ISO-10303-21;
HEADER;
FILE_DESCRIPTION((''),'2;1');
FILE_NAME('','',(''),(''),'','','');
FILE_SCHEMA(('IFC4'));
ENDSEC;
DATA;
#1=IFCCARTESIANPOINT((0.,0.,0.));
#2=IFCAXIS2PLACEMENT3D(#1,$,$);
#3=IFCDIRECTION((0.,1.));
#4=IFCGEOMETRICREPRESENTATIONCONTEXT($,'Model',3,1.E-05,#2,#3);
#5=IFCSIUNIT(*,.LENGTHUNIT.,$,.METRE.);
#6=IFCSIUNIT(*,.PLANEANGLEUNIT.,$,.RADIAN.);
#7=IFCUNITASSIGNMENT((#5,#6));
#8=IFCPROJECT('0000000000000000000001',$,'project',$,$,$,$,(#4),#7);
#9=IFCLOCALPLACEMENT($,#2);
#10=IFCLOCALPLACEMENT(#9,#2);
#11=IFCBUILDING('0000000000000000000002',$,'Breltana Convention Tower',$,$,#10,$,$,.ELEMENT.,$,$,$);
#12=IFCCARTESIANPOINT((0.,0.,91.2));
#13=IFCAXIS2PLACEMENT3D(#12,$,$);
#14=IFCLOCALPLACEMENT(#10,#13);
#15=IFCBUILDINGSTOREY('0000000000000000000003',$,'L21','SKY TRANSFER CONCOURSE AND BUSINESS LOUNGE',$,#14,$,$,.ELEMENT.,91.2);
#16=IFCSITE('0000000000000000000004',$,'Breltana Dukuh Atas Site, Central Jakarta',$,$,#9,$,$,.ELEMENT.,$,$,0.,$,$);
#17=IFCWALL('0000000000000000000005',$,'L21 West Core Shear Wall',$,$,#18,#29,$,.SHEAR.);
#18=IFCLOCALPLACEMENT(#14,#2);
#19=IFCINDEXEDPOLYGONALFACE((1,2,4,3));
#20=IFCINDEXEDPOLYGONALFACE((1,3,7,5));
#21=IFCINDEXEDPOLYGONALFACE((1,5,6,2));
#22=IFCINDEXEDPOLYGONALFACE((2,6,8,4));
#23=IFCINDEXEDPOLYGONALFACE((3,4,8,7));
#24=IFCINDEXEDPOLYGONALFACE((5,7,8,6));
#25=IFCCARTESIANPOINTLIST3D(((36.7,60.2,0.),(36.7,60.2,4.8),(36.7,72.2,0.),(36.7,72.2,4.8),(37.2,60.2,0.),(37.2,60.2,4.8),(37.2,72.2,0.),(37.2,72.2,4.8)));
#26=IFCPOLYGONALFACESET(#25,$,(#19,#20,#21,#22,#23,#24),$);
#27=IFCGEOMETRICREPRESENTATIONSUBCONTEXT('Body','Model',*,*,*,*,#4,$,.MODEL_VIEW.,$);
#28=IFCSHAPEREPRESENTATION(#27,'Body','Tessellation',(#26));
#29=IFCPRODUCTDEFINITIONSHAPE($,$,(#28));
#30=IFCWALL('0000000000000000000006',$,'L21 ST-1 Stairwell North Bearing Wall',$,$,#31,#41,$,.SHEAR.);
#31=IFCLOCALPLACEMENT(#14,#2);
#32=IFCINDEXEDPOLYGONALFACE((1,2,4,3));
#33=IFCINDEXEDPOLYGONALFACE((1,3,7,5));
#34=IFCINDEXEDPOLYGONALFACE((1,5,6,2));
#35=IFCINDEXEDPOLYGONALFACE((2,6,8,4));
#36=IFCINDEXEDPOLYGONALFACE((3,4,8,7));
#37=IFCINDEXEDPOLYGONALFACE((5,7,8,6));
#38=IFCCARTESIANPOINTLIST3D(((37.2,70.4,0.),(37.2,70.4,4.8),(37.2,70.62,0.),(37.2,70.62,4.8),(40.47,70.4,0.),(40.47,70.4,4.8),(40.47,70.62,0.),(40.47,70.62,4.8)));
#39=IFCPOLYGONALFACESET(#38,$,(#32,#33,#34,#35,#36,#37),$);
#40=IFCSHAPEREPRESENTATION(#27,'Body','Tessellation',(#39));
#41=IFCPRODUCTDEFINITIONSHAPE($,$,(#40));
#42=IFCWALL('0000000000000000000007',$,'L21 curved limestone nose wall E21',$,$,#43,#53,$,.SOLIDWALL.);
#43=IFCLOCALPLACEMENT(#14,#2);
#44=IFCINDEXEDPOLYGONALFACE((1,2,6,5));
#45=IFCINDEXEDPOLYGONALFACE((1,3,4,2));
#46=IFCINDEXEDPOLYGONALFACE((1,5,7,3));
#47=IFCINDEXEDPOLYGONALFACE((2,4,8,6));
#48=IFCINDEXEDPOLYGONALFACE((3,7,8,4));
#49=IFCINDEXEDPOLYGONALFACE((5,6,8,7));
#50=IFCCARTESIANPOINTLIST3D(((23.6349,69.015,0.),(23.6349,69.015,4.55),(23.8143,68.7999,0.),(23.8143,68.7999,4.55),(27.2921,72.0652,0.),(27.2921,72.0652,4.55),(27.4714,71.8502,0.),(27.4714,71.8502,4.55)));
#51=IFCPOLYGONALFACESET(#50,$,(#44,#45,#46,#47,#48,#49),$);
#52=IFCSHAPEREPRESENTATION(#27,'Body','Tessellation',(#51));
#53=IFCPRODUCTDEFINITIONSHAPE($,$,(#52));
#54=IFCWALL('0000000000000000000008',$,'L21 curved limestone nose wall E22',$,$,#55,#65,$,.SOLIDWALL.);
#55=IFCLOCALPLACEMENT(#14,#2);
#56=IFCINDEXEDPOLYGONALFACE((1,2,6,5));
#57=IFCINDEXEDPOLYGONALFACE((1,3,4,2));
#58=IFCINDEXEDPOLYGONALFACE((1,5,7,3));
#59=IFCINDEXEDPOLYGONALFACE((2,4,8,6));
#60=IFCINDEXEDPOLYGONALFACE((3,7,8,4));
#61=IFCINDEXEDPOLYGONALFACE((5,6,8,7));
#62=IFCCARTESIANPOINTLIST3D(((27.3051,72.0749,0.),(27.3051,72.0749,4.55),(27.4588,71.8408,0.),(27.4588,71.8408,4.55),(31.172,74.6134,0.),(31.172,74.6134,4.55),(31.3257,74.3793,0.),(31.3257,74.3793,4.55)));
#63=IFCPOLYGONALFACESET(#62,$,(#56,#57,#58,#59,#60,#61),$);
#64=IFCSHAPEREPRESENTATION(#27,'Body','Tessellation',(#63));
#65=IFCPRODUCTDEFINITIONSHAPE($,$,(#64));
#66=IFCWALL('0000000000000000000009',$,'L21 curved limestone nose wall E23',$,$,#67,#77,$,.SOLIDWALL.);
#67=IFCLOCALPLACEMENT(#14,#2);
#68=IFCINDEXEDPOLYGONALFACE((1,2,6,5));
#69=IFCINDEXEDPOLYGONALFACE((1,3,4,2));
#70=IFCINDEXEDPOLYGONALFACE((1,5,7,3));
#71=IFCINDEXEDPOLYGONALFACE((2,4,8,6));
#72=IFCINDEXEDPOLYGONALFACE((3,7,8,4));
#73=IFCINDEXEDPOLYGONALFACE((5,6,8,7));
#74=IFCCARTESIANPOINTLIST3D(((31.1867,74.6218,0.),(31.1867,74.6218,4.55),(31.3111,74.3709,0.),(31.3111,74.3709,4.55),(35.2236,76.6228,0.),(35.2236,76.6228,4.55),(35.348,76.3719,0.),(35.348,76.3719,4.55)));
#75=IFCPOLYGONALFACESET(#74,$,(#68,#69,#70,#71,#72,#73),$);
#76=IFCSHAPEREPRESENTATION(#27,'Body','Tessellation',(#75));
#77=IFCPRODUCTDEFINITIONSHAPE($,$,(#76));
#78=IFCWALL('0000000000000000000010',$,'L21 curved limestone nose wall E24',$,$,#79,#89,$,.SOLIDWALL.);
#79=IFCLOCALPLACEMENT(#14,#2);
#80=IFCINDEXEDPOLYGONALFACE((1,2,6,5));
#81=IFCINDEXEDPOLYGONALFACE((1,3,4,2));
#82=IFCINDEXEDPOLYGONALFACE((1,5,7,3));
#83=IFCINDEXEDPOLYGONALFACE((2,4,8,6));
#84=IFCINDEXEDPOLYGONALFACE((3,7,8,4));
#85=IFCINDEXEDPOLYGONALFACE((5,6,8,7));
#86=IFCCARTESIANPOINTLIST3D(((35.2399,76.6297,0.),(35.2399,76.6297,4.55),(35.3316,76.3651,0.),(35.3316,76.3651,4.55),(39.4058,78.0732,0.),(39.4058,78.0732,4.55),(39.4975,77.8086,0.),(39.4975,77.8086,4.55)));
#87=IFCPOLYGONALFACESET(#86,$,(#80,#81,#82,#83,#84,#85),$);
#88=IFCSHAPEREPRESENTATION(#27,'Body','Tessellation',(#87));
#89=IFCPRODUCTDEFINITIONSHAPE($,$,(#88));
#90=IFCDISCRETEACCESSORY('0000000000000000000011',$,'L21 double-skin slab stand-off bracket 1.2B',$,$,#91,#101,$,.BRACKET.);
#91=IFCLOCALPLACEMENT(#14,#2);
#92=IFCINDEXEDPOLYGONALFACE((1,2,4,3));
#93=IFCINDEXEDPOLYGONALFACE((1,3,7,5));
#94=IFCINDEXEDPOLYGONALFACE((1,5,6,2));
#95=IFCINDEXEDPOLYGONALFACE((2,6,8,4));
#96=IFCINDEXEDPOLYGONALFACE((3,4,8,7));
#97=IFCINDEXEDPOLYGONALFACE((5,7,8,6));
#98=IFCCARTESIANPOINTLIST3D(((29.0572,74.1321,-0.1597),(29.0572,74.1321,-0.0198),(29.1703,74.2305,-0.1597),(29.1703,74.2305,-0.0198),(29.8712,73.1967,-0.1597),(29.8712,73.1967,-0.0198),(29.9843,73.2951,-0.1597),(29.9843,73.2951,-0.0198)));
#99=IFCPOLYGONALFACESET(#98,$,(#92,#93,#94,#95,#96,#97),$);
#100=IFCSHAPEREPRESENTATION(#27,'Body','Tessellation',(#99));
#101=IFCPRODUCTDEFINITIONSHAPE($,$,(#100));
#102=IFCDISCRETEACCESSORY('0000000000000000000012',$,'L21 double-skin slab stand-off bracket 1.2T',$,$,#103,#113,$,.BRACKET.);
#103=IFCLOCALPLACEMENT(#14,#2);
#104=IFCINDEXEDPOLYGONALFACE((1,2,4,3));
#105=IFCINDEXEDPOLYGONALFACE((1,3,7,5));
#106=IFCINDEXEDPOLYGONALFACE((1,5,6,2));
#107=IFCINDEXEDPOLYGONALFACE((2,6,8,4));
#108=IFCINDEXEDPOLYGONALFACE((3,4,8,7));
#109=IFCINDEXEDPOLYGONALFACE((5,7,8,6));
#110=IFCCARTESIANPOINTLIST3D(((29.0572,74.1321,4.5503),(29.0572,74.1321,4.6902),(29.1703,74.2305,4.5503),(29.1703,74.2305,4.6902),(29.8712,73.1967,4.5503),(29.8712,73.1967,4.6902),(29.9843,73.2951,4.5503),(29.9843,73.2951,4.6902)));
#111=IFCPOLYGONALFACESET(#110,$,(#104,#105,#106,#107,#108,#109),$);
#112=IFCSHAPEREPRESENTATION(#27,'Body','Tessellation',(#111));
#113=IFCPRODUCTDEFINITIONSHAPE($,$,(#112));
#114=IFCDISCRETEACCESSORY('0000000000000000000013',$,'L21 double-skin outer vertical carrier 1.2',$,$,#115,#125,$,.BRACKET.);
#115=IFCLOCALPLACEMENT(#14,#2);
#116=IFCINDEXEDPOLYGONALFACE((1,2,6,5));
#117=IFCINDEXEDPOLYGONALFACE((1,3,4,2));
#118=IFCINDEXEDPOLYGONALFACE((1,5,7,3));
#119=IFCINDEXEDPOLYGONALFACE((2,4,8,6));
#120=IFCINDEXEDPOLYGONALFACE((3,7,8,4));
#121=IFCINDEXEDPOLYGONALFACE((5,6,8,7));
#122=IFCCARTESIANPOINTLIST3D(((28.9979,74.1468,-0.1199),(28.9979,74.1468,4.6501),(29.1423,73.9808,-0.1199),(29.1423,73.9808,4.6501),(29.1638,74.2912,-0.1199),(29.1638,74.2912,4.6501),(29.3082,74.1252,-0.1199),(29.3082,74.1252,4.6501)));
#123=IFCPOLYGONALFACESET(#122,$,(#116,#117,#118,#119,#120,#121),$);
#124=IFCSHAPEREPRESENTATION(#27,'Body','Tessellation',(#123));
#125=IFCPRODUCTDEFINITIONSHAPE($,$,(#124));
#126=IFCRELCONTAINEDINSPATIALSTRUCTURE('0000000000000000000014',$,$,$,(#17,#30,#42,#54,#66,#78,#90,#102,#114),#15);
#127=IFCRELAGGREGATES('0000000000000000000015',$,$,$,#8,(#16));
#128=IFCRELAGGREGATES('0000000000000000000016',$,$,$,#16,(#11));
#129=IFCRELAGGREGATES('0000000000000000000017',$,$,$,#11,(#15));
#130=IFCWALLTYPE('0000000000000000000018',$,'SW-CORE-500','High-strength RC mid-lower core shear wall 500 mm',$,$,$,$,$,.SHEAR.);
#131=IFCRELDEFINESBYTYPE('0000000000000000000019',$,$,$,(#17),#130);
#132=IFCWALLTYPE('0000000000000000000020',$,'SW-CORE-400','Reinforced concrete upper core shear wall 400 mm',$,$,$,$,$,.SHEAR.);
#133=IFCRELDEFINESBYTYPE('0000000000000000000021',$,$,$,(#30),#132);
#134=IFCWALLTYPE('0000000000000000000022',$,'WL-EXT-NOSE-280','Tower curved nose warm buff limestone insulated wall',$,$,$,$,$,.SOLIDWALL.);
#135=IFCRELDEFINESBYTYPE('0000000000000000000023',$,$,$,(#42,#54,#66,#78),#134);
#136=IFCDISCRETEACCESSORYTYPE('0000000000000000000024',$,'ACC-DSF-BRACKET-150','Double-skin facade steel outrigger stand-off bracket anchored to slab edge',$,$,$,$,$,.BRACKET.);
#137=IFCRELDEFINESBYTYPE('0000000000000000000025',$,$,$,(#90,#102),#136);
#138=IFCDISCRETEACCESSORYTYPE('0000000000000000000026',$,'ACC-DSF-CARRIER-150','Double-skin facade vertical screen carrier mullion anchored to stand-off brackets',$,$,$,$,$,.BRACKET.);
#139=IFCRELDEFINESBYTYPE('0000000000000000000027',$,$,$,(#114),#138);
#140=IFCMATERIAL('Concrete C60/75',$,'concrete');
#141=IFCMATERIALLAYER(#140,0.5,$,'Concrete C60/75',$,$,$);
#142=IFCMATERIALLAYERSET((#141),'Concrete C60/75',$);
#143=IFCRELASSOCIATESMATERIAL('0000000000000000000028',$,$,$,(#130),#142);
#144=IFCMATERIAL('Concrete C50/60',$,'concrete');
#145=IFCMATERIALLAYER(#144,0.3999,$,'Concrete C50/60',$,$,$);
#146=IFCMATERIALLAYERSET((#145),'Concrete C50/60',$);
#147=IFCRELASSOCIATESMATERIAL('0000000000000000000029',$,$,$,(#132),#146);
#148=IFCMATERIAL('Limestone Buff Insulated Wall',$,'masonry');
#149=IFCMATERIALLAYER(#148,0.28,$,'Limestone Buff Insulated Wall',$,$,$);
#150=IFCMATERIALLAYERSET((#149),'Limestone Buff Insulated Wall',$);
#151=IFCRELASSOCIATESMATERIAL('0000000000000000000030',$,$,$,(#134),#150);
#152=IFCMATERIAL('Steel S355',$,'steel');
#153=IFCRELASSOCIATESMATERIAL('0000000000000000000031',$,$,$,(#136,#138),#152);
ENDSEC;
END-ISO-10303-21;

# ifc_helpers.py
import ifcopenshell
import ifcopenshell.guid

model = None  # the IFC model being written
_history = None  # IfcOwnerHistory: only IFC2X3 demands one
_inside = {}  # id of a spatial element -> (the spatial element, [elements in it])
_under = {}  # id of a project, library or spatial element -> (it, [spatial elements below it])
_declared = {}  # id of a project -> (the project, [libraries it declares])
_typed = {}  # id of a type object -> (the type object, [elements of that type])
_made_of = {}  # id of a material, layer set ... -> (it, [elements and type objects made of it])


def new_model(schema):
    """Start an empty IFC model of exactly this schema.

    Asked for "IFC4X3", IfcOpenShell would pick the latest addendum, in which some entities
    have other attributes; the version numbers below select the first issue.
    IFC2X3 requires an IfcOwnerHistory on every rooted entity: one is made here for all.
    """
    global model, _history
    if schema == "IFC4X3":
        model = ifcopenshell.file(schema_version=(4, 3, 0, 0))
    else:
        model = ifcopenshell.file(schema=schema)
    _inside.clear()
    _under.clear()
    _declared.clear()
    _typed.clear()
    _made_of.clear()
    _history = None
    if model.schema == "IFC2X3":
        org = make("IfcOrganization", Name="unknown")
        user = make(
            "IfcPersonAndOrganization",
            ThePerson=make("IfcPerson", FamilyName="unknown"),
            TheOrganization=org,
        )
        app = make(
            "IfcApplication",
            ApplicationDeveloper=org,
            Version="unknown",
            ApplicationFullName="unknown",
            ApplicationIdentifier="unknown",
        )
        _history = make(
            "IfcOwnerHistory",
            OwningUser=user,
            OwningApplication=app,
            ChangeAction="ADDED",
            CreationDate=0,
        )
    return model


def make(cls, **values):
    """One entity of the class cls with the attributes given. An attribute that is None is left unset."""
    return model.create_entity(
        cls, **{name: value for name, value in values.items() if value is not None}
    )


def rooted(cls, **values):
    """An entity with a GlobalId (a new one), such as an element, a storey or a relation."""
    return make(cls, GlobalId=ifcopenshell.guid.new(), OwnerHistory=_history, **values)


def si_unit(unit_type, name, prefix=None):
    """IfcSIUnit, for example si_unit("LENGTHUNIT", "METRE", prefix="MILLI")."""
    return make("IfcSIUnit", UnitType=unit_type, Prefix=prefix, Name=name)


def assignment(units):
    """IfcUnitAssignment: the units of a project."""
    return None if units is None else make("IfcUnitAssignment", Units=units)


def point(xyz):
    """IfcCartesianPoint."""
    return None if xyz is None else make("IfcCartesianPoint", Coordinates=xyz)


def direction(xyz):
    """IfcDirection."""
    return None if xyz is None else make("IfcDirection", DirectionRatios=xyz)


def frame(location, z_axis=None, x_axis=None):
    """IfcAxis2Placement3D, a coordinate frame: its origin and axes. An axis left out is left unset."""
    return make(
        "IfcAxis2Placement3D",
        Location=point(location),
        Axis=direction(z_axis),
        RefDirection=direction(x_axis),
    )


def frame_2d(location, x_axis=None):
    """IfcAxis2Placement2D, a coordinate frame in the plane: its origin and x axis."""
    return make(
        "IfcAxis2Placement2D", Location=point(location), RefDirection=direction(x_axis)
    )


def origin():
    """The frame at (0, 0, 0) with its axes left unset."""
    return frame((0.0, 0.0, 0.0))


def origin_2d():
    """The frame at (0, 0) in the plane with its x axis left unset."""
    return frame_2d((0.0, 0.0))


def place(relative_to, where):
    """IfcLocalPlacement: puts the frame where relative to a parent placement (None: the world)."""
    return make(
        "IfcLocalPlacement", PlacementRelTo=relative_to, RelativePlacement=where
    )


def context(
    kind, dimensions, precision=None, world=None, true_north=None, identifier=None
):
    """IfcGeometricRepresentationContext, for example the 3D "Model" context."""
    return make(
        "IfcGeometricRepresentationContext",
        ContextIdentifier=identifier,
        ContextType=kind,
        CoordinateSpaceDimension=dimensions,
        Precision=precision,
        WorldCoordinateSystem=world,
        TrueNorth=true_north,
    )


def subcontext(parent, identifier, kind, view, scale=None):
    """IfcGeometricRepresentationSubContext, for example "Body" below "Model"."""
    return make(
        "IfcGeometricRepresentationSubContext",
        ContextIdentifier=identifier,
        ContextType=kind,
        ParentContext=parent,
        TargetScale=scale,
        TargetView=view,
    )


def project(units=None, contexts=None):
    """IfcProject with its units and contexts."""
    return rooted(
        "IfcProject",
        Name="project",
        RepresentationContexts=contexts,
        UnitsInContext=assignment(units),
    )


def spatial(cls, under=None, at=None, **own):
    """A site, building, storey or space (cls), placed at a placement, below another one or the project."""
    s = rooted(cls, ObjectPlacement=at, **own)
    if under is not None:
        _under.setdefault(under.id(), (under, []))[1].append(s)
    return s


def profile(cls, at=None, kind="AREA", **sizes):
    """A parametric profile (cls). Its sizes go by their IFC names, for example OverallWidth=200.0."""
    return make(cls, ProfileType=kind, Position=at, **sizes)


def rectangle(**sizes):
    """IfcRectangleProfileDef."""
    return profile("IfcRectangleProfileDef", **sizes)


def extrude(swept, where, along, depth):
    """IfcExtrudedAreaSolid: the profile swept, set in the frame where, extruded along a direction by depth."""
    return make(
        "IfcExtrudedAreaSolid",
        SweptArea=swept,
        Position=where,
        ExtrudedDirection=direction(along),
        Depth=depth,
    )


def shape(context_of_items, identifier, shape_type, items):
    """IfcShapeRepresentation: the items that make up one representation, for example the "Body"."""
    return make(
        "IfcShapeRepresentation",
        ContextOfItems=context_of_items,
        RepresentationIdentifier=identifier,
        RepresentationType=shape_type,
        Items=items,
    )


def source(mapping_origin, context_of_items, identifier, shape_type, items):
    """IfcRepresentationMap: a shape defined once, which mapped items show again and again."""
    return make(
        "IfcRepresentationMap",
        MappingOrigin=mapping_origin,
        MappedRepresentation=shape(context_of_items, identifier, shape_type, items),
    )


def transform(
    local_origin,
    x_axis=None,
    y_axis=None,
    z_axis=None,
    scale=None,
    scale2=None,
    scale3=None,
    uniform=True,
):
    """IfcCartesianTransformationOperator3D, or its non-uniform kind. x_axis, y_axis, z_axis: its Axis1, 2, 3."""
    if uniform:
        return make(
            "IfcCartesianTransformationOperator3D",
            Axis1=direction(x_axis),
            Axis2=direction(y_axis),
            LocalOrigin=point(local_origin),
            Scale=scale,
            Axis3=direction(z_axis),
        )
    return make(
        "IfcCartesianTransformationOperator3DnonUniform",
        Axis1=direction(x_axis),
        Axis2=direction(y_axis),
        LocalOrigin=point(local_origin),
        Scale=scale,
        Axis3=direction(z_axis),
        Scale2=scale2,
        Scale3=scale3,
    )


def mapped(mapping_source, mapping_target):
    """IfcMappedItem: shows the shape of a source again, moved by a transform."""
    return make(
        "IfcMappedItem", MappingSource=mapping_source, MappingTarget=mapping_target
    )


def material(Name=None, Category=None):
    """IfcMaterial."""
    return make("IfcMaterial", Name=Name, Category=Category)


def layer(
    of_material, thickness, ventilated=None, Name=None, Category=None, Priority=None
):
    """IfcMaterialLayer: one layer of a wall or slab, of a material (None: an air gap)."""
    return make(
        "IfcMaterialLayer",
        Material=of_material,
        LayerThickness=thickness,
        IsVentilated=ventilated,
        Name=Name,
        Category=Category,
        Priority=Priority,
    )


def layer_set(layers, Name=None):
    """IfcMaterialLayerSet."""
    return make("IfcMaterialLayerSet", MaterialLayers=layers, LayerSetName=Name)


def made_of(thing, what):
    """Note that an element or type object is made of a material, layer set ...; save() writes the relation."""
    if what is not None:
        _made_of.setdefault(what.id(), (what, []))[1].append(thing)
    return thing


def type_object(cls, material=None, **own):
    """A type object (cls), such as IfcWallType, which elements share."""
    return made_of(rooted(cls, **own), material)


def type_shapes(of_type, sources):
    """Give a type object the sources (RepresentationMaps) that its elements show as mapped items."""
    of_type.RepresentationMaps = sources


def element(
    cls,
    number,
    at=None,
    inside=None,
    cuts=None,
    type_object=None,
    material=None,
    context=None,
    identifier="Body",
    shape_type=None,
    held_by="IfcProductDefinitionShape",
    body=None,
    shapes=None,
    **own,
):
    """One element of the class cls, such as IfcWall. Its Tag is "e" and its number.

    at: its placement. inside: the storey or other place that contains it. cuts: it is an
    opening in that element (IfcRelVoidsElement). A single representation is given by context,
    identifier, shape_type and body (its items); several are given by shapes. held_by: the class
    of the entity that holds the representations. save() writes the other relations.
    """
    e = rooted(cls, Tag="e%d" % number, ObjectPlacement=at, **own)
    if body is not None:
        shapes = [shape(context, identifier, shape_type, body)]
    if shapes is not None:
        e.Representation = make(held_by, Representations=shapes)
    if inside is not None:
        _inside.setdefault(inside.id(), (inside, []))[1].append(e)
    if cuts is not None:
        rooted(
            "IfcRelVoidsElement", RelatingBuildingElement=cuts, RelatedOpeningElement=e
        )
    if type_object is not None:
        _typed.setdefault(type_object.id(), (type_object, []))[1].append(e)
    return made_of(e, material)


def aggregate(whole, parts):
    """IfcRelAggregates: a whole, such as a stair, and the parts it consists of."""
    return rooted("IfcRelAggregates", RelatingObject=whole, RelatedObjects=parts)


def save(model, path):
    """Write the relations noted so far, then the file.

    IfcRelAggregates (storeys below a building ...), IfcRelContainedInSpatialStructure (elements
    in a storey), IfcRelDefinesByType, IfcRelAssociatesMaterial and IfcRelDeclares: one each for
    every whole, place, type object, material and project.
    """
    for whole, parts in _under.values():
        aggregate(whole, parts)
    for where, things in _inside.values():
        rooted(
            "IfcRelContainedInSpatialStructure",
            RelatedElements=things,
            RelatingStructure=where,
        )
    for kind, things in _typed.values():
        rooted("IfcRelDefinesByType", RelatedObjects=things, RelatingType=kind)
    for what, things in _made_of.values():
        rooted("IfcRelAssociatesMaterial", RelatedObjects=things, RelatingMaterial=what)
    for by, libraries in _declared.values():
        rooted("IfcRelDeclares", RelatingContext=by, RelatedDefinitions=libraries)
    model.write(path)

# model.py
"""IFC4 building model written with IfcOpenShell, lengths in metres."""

from ifc_helpers import new_model, si_unit, direction, frame, frame_2d, origin, origin_2d, place, context, subcontext, project, spatial, rectangle, extrude, source, transform, mapped, material, layer, layer_set, type_object, type_shapes, element, save


model = new_model("IFC4")

# Units and contexts
model_context = context("Model", 3, precision=1e-05, world=origin(), true_north=direction((0.0, 1.0)))
body_context = subcontext(model_context, "Body", "Model", "MODEL_VIEW")
ifc_project = project(units=[si_unit("LENGTHUNIT", "METRE"), si_unit("PLANEANGLEUNIT", "RADIAN")], contexts=[model_context])

# Site, building, storey
site_placement = place(None, origin())
site = spatial("IfcSite", under=ifc_project, at=site_placement, Name="Breltana Dukuh Atas Site, Central Jakarta", CompositionType="ELEMENT", RefElevation=0.0)
building_placement = place(site_placement, origin())
building = spatial("IfcBuilding", under=site, at=building_placement, Name="Breltana Convention Tower", CompositionType="ELEMENT")
storey_placement = place(building_placement, frame((0.0, 0.0, 91.2)))
storey = spatial("IfcBuildingStorey", under=building, at=storey_placement, Name="L21", Description="SKY TRANSFER CONCOURSE AND BUSINESS LOUNGE", CompositionType="ELEMENT", Elevation=91.2)

# Shared definitions
ifc_material_1 = material(Name="Concrete C60/75", Category="concrete")

# Wall
ifc_layer_1 = layer(ifc_material_1, 0.5, Name="Concrete C60/75")
ifc_layer_set_1 = layer_set([ifc_layer_1], Name="Concrete C60/75")
wall_type_1 = type_object("IfcWallType", Name="SW-CORE-500", Description="High-strength RC mid-lower core shear wall 500 mm", PredefinedType="SHEAR", material=ifc_layer_set_1)
shared_shape_1 = source(origin(), body_context, "Body", "SweptSolid", [
    extrude(rectangle(XDim=12.0, YDim=0.5, at=frame_2d((6.0, 0.0))), origin(), (0.0, 0.0, 1.0), 4.8),
])
wall_1_placement = place(storey_placement, frame((36.95, 60.2, 0.0), z_axis=(0.0, 0.0, 1.0), x_axis=(0.0, 1.0, 0.0)))
element("IfcWall", 1, at=wall_1_placement, inside=storey, type_object=wall_type_1, Name="L21 West Core Shear Wall", PredefinedType="SHEAR", context=body_context, shape_type="MappedRepresentation", body=[
    mapped(shared_shape_1, transform((0.0, 0.0, 0.0), scale=1.0)),
])

# Walls
ifc_material_2 = material(Name="Concrete C50/60", Category="concrete")
ifc_layer_2 = layer(ifc_material_2, 0.3999, Name="Concrete C50/60")
ifc_layer_set_2 = layer_set([ifc_layer_2], Name="Concrete C50/60")
wall_type_2 = type_object("IfcWallType", Name="SW-CORE-400", Description="Reinforced concrete upper core shear wall 400 mm", PredefinedType="SHEAR", material=ifc_layer_set_2)
shared_shape_2 = source(origin(), body_context, "Body", "SweptSolid", [
    extrude(rectangle(XDim=3.27, YDim=0.22, at=frame_2d((1.635, 0.0))), origin(), (0.0, 0.0, 1.0), 4.8),
])
wall_2_placement = place(storey_placement, frame((37.2, 70.51, 0.0), z_axis=(0.0, 0.0, 1.0), x_axis=(1.0, 0.0, 0.0)))
element("IfcWall", 2, at=wall_2_placement, inside=storey, type_object=wall_type_2, Name="L21 ST-1 Stairwell North Bearing Wall", PredefinedType="SHEAR", context=body_context, shape_type="MappedRepresentation", body=[
    mapped(shared_shape_2, transform((0.0, 0.0, 0.0), scale=1.0)),
])
ifc_material_3 = material(Name="Limestone Buff Insulated Wall", Category="masonry")
ifc_layer_3 = layer(ifc_material_3, 0.28, Name="Limestone Buff Insulated Wall")
ifc_layer_set_3 = layer_set([ifc_layer_3], Name="Limestone Buff Insulated Wall")
wall_type_3 = type_object("IfcWallType", Name="WL-EXT-NOSE-280", Description="Tower curved nose warm buff limestone insulated wall", PredefinedType="SOLIDWALL", material=ifc_layer_set_3)
shared_shape_3 = source(origin(), body_context, "Body", "SweptSolid", [
    extrude(rectangle(XDim=4.7622, YDim=0.28, at=frame_2d((2.3811, 0.0))), origin(), (0.0, 0.0, 1.0), 4.55),
])
wall_3_placement = place(storey_placement, frame((23.7246, 68.9075, 0.0), z_axis=(0.0, 0.0, 1.0), x_axis=(0.767952, 0.640507, 0.0)))
element("IfcWall", 3, at=wall_3_placement, inside=storey, type_object=wall_type_3, Name="L21 curved limestone nose wall E21", PredefinedType="SOLIDWALL", context=body_context, shape_type="MappedRepresentation", body=[
    mapped(shared_shape_3, transform((0.0, 0.0, 0.0), scale=1.0)),
])
shared_shape_4 = source(origin(), body_context, "Body", "SweptSolid", [
    extrude(rectangle(XDim=4.6257, YDim=0.28, at=frame_2d((2.313, 0.0))), origin(), (0.0, 0.0, 1.0), 4.55),
])
wall_4_placement = place(storey_placement, frame((27.3818, 71.9578, 0.0), z_axis=(0.0, 0.0, 1.0), x_axis=(0.835959, 0.548791, 0.0)))
element("IfcWall", 4, at=wall_4_placement, inside=storey, type_object=wall_type_3, Name="L21 curved limestone nose wall E22", PredefinedType="SOLIDWALL", context=body_context, shape_type="MappedRepresentation", body=[
    mapped(shared_shape_4, transform((0.0, 0.0, 0.0), scale=1.0)),
])
shared_shape_5 = source(origin(), body_context, "Body", "SweptSolid", [
    extrude(rectangle(XDim=4.5056, YDim=0.28, at=frame_2d((2.2529, 0.0))), origin(), (0.0, 0.0, 1.0), 4.55),
])
wall_5_placement = place(storey_placement, frame((31.2488, 74.4963, 0.0), z_axis=(0.0, 0.0, 1.0), x_axis=(0.895972, 0.444111, 0.0)))
element("IfcWall", 5, at=wall_5_placement, inside=storey, type_object=wall_type_3, Name="L21 curved limestone nose wall E23", PredefinedType="SOLIDWALL", context=body_context, shape_type="MappedRepresentation", body=[
    mapped(shared_shape_5, transform((0.0, 0.0, 0.0), scale=1.0)),
])
shared_shape_6 = source(origin(), body_context, "Body", "SweptSolid", [
    extrude(rectangle(XDim=4.4089, YDim=0.28, at=frame_2d((2.2046, 0.0))), origin(), (0.0, 0.0, 1.0), 4.55),
])
wall_6_placement = place(storey_placement, frame((35.2856, 76.4973, 0.0), z_axis=(0.0, 0.0, 1.0), x_axis=(0.944879, 0.327419, 0.0)))
element("IfcWall", 6, at=wall_6_placement, inside=storey, type_object=wall_type_3, Name="L21 curved limestone nose wall E24", PredefinedType="SOLIDWALL", context=body_context, shape_type="MappedRepresentation", body=[
    mapped(shared_shape_6, transform((0.0, 0.0, 0.0), scale=1.0)),
])

# Discrete accessories
ifc_material_4 = material(Name="Steel S355", Category="steel")
discrete_accessory_type_1 = type_object("IfcDiscreteAccessoryType", Name="ACC-DSF-BRACKET-150", Description="Double-skin facade steel outrigger stand-off bracket anchored to slab edge", PredefinedType="BRACKET", material=ifc_material_4)
shared_shape_7 = source(origin(), body_context, "Body", "SweptSolid", [
    extrude(rectangle(XDim=1.24, YDim=0.1499, at=origin_2d()), origin(), (0.0, 0.0, 1.0), 0.1399),
])
type_shapes(discrete_accessory_type_1, [shared_shape_7])
for number, where, z_axis, x_axis, name in (
    (7, (29.5208, 73.7136, -0.1597), (0.0, 0.0, 1.0), (-0.656454, 0.754366, 0.0), "L21 double-skin slab stand-off bracket 1.2B"),
    (8, (29.5208, 73.7136, 4.5503), (0.0, 0.0, 1.0), (-0.656454, 0.754366, 0.0), "L21 double-skin slab stand-off bracket 1.2T"),
):
    element("IfcDiscreteAccessory", number, at=place(storey_placement, frame(where, z_axis=z_axis, x_axis=x_axis)), inside=storey, type_object=discrete_accessory_type_1, Name=name, PredefinedType="BRACKET", context=body_context, shape_type="MappedRepresentation", body=[
        mapped(shared_shape_7, transform((0.0, 0.0, 0.0), scale=1.0)),
    ])
discrete_accessory_type_2 = type_object("IfcDiscreteAccessoryType", Name="ACC-DSF-CARRIER-150", Description="Double-skin facade vertical screen carrier mullion anchored to stand-off brackets", PredefinedType="BRACKET", material=ifc_material_4)
shared_shape_8 = source(origin(), body_context, "Body", "SweptSolid", [
    extrude(rectangle(XDim=0.22, YDim=0.22, at=origin_2d()), origin(), (0.0, 0.0, 1.0), 4.77),
])
discrete_accessory_placement = place(storey_placement, frame((29.1531, 74.136, -0.1199), z_axis=(0.0, 0.0, 1.0), x_axis=(-0.656454, 0.754366, 0.0)))
element("IfcDiscreteAccessory", 9, at=discrete_accessory_placement, inside=storey, type_object=discrete_accessory_type_2, Name="L21 double-skin outer vertical carrier 1.2", PredefinedType="BRACKET", context=body_context, shape_type="MappedRepresentation", body=[
    mapped(shared_shape_8, transform((0.0, 0.0, 0.0), scale=1.0)),
])

save(model, "model.ifc")
